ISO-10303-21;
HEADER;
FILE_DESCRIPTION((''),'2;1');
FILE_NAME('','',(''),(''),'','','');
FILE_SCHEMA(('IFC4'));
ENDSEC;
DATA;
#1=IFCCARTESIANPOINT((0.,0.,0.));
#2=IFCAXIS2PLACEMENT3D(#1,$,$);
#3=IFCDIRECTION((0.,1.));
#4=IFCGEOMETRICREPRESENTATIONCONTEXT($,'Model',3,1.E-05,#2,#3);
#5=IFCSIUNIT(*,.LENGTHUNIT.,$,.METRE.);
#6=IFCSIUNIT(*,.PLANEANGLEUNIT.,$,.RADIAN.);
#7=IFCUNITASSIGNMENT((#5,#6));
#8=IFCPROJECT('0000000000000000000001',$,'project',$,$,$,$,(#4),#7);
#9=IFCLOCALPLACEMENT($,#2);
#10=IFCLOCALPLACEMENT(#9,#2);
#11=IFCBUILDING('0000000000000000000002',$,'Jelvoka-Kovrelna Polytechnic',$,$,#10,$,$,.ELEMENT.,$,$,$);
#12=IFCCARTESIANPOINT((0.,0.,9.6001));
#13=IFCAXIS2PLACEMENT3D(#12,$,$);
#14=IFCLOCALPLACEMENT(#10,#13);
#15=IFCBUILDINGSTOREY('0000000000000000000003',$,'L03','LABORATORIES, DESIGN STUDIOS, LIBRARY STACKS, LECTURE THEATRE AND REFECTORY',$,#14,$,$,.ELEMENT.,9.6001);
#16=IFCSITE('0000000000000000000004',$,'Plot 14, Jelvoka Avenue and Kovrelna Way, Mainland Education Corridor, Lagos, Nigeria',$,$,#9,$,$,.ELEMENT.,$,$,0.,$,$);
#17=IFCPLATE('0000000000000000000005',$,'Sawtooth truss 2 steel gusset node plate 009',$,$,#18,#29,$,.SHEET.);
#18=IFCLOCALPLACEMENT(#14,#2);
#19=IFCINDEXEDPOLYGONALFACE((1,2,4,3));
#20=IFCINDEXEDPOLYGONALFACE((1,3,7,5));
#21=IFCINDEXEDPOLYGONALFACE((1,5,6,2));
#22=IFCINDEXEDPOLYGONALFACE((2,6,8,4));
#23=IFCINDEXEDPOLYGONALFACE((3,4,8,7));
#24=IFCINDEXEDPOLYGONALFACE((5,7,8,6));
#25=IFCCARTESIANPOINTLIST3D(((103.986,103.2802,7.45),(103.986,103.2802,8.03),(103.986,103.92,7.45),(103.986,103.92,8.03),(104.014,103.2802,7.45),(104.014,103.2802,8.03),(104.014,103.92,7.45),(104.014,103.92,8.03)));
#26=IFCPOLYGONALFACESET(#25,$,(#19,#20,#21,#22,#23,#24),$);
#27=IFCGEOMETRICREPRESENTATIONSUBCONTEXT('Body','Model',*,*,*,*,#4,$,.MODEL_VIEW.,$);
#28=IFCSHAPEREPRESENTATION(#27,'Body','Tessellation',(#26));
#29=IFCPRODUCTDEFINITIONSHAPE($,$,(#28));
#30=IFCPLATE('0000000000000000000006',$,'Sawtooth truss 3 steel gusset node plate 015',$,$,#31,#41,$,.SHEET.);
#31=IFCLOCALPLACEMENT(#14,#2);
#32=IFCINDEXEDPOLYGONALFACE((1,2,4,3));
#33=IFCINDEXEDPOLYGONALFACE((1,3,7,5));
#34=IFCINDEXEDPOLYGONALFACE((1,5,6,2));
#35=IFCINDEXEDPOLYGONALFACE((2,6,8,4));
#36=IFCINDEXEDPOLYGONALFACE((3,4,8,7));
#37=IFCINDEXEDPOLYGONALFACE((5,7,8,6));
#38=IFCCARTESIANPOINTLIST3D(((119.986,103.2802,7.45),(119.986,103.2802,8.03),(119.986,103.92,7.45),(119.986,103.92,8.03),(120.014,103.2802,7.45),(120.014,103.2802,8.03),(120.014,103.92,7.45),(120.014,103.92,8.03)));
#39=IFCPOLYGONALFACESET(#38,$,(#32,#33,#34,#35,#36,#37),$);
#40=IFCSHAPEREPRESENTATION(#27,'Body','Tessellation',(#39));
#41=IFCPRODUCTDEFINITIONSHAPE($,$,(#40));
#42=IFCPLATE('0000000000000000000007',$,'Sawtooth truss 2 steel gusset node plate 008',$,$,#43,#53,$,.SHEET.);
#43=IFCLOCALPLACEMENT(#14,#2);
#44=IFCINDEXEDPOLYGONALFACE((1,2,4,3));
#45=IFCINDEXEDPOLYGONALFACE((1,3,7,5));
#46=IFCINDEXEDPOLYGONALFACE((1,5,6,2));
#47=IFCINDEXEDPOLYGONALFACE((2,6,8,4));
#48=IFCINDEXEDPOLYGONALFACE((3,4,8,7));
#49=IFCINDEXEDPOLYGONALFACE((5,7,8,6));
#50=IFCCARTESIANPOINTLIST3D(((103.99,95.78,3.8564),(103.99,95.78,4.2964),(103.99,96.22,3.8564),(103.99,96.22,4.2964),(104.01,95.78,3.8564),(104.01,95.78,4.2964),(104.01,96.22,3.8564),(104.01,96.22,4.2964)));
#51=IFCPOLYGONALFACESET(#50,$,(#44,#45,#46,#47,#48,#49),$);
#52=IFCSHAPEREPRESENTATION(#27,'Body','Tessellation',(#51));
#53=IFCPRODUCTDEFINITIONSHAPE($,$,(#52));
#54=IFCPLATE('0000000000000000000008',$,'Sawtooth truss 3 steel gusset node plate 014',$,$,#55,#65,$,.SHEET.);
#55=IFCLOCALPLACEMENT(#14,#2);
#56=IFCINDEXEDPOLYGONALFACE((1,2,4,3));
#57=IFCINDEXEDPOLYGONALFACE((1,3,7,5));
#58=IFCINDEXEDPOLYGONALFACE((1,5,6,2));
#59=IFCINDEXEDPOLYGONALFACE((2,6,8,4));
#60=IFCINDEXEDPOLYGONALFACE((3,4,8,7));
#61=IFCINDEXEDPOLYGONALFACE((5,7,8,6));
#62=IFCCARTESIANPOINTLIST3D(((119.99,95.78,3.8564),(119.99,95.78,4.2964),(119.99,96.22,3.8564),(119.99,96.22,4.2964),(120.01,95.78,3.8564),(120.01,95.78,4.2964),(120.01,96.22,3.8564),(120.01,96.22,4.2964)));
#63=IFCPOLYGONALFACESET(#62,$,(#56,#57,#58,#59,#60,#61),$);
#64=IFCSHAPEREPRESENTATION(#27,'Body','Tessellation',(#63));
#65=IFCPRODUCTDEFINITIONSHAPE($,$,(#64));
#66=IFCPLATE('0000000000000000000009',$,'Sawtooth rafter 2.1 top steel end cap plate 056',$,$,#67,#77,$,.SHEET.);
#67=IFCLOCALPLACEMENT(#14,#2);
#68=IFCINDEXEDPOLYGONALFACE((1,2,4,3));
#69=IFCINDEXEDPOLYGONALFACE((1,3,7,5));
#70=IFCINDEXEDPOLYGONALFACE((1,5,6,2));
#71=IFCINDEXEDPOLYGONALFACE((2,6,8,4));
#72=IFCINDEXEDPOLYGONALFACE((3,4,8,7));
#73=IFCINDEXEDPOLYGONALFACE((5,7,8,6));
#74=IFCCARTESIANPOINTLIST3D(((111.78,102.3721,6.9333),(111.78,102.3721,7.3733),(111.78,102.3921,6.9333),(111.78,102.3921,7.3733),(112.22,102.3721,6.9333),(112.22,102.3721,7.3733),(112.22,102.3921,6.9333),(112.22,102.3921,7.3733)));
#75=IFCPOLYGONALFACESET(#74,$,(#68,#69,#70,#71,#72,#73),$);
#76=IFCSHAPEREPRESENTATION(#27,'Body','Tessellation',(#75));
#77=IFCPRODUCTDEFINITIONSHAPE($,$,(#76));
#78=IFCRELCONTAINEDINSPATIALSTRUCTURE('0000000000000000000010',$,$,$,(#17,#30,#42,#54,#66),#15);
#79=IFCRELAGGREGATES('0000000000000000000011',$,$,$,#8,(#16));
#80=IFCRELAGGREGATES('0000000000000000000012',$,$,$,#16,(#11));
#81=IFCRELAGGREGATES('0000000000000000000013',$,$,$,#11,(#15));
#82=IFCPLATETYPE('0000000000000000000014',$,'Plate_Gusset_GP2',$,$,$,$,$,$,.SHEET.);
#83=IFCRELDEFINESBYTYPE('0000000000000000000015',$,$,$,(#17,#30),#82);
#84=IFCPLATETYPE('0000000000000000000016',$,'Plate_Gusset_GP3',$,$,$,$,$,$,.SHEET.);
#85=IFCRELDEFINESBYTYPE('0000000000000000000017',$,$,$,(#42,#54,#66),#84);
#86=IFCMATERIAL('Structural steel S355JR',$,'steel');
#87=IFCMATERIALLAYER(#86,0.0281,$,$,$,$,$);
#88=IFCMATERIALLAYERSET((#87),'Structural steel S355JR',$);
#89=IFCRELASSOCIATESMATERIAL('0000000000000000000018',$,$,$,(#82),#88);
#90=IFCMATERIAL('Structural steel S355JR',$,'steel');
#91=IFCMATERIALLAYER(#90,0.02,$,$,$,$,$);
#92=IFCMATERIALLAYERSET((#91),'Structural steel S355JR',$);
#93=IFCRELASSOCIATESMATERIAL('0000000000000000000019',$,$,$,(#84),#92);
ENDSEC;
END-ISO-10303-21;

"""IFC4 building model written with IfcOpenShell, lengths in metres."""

from ifc_helpers import new_model, si_unit, direction, frame, origin, origin_2d, place, context, subcontext, project, spatial, rectangle, extrude, material, layer, layer_set, type_object, element, save


model = new_model("IFC4")

# Units and contexts
model_context = context("Model", 3, precision=1e-05, world=origin(), true_north=direction((0.0, 1.0)))
body_context = subcontext(model_context, "Body", "Model", "MODEL_VIEW")
ifc_project = project(units=[si_unit("LENGTHUNIT", "METRE"), si_unit("PLANEANGLEUNIT", "RADIAN")], contexts=[model_context])

# Site, building, storey
site_placement = place(None, origin())
site = spatial("IfcSite", under=ifc_project, at=site_placement, Name="Plot 14, Jelvoka Avenue and Kovrelna Way, Mainland Education Corridor, Lagos, Nigeria", CompositionType="ELEMENT", RefElevation=0.0)
building_placement = place(site_placement, origin())
building = spatial("IfcBuilding", under=site, at=building_placement, Name="Jelvoka-Kovrelna Polytechnic", CompositionType="ELEMENT")
storey_placement = place(building_placement, frame((0.0, 0.0, 9.6001)))
storey = spatial("IfcBuildingStorey", under=building, at=storey_placement, Name="L03", Description="LABORATORIES, DESIGN STUDIOS, LIBRARY STACKS, LECTURE THEATRE AND REFECTORY", CompositionType="ELEMENT", Elevation=9.6001)

# Plates
ifc_material_1 = material(Name="Structural steel S355JR", Category="steel")
ifc_layer_1 = layer(ifc_material_1, 0.0281)
ifc_layer_set_1 = layer_set([ifc_layer_1], Name="Structural steel S355JR")
plate_type_1 = type_object("IfcPlateType", Name="Plate_Gusset_GP2", PredefinedType="SHEET", material=ifc_layer_set_1)
for number, where, z_axis, x_axis, name in (
    (1, (104.0, 103.6001, 7.45), (0.0, 0.0, 1.0), (0.0, 1.0, 0.0), "Sawtooth truss 2 steel gusset node plate 009"),
    (2, (120.0, 103.6001, 7.45), (0.0, 0.0, 1.0), (0.0, 1.0, 0.0), "Sawtooth truss 3 steel gusset node plate 015"),
):
    element("IfcPlate", number, at=place(storey_placement, frame(where, z_axis=z_axis, x_axis=x_axis)), inside=storey, type_object=plate_type_1, Name=name, PredefinedType="SHEET", context=body_context, shape_type="SweptSolid", body=[
        extrude(rectangle(XDim=0.6399, YDim=0.0281, at=origin_2d()), origin(), (0.0, 0.0, 1.0), 0.5801),
    ])
ifc_material_2 = material(Name="Structural steel S355JR", Category="steel")
ifc_layer_2 = layer(ifc_material_2, 0.02)
ifc_layer_set_2 = layer_set([ifc_layer_2], Name="Structural steel S355JR")
plate_type_2 = type_object("IfcPlateType", Name="Plate_Gusset_GP3", PredefinedType="SHEET", material=ifc_layer_set_2)
for number, where, z_axis, x_axis, name in (
    (3, (104.0, 96.0, 3.8564), (0.0, 0.0, 1.0), (0.0, 1.0, 0.0), "Sawtooth truss 2 steel gusset node plate 008"),
    (4, (120.0, 96.0, 3.8564), (0.0, 0.0, 1.0), (0.0, 1.0, 0.0), "Sawtooth truss 3 steel gusset node plate 014"),
    (5, (112.0, 102.3821, 6.9333), (0.0, 0.0, 1.0), (1.0, 0.0, 0.0), "Sawtooth rafter 2.1 top steel end cap plate 056"),
):
    element("IfcPlate", number, at=place(storey_placement, frame(where, z_axis=z_axis, x_axis=x_axis)), inside=storey, type_object=plate_type_2, Name=name, PredefinedType="SHEET", context=body_context, shape_type="SweptSolid", body=[
        extrude(rectangle(XDim=0.4399, YDim=0.02, at=origin_2d()), origin(), (0.0, 0.0, 1.0), 0.4399),
    ])

save(model, "model.ifc")
